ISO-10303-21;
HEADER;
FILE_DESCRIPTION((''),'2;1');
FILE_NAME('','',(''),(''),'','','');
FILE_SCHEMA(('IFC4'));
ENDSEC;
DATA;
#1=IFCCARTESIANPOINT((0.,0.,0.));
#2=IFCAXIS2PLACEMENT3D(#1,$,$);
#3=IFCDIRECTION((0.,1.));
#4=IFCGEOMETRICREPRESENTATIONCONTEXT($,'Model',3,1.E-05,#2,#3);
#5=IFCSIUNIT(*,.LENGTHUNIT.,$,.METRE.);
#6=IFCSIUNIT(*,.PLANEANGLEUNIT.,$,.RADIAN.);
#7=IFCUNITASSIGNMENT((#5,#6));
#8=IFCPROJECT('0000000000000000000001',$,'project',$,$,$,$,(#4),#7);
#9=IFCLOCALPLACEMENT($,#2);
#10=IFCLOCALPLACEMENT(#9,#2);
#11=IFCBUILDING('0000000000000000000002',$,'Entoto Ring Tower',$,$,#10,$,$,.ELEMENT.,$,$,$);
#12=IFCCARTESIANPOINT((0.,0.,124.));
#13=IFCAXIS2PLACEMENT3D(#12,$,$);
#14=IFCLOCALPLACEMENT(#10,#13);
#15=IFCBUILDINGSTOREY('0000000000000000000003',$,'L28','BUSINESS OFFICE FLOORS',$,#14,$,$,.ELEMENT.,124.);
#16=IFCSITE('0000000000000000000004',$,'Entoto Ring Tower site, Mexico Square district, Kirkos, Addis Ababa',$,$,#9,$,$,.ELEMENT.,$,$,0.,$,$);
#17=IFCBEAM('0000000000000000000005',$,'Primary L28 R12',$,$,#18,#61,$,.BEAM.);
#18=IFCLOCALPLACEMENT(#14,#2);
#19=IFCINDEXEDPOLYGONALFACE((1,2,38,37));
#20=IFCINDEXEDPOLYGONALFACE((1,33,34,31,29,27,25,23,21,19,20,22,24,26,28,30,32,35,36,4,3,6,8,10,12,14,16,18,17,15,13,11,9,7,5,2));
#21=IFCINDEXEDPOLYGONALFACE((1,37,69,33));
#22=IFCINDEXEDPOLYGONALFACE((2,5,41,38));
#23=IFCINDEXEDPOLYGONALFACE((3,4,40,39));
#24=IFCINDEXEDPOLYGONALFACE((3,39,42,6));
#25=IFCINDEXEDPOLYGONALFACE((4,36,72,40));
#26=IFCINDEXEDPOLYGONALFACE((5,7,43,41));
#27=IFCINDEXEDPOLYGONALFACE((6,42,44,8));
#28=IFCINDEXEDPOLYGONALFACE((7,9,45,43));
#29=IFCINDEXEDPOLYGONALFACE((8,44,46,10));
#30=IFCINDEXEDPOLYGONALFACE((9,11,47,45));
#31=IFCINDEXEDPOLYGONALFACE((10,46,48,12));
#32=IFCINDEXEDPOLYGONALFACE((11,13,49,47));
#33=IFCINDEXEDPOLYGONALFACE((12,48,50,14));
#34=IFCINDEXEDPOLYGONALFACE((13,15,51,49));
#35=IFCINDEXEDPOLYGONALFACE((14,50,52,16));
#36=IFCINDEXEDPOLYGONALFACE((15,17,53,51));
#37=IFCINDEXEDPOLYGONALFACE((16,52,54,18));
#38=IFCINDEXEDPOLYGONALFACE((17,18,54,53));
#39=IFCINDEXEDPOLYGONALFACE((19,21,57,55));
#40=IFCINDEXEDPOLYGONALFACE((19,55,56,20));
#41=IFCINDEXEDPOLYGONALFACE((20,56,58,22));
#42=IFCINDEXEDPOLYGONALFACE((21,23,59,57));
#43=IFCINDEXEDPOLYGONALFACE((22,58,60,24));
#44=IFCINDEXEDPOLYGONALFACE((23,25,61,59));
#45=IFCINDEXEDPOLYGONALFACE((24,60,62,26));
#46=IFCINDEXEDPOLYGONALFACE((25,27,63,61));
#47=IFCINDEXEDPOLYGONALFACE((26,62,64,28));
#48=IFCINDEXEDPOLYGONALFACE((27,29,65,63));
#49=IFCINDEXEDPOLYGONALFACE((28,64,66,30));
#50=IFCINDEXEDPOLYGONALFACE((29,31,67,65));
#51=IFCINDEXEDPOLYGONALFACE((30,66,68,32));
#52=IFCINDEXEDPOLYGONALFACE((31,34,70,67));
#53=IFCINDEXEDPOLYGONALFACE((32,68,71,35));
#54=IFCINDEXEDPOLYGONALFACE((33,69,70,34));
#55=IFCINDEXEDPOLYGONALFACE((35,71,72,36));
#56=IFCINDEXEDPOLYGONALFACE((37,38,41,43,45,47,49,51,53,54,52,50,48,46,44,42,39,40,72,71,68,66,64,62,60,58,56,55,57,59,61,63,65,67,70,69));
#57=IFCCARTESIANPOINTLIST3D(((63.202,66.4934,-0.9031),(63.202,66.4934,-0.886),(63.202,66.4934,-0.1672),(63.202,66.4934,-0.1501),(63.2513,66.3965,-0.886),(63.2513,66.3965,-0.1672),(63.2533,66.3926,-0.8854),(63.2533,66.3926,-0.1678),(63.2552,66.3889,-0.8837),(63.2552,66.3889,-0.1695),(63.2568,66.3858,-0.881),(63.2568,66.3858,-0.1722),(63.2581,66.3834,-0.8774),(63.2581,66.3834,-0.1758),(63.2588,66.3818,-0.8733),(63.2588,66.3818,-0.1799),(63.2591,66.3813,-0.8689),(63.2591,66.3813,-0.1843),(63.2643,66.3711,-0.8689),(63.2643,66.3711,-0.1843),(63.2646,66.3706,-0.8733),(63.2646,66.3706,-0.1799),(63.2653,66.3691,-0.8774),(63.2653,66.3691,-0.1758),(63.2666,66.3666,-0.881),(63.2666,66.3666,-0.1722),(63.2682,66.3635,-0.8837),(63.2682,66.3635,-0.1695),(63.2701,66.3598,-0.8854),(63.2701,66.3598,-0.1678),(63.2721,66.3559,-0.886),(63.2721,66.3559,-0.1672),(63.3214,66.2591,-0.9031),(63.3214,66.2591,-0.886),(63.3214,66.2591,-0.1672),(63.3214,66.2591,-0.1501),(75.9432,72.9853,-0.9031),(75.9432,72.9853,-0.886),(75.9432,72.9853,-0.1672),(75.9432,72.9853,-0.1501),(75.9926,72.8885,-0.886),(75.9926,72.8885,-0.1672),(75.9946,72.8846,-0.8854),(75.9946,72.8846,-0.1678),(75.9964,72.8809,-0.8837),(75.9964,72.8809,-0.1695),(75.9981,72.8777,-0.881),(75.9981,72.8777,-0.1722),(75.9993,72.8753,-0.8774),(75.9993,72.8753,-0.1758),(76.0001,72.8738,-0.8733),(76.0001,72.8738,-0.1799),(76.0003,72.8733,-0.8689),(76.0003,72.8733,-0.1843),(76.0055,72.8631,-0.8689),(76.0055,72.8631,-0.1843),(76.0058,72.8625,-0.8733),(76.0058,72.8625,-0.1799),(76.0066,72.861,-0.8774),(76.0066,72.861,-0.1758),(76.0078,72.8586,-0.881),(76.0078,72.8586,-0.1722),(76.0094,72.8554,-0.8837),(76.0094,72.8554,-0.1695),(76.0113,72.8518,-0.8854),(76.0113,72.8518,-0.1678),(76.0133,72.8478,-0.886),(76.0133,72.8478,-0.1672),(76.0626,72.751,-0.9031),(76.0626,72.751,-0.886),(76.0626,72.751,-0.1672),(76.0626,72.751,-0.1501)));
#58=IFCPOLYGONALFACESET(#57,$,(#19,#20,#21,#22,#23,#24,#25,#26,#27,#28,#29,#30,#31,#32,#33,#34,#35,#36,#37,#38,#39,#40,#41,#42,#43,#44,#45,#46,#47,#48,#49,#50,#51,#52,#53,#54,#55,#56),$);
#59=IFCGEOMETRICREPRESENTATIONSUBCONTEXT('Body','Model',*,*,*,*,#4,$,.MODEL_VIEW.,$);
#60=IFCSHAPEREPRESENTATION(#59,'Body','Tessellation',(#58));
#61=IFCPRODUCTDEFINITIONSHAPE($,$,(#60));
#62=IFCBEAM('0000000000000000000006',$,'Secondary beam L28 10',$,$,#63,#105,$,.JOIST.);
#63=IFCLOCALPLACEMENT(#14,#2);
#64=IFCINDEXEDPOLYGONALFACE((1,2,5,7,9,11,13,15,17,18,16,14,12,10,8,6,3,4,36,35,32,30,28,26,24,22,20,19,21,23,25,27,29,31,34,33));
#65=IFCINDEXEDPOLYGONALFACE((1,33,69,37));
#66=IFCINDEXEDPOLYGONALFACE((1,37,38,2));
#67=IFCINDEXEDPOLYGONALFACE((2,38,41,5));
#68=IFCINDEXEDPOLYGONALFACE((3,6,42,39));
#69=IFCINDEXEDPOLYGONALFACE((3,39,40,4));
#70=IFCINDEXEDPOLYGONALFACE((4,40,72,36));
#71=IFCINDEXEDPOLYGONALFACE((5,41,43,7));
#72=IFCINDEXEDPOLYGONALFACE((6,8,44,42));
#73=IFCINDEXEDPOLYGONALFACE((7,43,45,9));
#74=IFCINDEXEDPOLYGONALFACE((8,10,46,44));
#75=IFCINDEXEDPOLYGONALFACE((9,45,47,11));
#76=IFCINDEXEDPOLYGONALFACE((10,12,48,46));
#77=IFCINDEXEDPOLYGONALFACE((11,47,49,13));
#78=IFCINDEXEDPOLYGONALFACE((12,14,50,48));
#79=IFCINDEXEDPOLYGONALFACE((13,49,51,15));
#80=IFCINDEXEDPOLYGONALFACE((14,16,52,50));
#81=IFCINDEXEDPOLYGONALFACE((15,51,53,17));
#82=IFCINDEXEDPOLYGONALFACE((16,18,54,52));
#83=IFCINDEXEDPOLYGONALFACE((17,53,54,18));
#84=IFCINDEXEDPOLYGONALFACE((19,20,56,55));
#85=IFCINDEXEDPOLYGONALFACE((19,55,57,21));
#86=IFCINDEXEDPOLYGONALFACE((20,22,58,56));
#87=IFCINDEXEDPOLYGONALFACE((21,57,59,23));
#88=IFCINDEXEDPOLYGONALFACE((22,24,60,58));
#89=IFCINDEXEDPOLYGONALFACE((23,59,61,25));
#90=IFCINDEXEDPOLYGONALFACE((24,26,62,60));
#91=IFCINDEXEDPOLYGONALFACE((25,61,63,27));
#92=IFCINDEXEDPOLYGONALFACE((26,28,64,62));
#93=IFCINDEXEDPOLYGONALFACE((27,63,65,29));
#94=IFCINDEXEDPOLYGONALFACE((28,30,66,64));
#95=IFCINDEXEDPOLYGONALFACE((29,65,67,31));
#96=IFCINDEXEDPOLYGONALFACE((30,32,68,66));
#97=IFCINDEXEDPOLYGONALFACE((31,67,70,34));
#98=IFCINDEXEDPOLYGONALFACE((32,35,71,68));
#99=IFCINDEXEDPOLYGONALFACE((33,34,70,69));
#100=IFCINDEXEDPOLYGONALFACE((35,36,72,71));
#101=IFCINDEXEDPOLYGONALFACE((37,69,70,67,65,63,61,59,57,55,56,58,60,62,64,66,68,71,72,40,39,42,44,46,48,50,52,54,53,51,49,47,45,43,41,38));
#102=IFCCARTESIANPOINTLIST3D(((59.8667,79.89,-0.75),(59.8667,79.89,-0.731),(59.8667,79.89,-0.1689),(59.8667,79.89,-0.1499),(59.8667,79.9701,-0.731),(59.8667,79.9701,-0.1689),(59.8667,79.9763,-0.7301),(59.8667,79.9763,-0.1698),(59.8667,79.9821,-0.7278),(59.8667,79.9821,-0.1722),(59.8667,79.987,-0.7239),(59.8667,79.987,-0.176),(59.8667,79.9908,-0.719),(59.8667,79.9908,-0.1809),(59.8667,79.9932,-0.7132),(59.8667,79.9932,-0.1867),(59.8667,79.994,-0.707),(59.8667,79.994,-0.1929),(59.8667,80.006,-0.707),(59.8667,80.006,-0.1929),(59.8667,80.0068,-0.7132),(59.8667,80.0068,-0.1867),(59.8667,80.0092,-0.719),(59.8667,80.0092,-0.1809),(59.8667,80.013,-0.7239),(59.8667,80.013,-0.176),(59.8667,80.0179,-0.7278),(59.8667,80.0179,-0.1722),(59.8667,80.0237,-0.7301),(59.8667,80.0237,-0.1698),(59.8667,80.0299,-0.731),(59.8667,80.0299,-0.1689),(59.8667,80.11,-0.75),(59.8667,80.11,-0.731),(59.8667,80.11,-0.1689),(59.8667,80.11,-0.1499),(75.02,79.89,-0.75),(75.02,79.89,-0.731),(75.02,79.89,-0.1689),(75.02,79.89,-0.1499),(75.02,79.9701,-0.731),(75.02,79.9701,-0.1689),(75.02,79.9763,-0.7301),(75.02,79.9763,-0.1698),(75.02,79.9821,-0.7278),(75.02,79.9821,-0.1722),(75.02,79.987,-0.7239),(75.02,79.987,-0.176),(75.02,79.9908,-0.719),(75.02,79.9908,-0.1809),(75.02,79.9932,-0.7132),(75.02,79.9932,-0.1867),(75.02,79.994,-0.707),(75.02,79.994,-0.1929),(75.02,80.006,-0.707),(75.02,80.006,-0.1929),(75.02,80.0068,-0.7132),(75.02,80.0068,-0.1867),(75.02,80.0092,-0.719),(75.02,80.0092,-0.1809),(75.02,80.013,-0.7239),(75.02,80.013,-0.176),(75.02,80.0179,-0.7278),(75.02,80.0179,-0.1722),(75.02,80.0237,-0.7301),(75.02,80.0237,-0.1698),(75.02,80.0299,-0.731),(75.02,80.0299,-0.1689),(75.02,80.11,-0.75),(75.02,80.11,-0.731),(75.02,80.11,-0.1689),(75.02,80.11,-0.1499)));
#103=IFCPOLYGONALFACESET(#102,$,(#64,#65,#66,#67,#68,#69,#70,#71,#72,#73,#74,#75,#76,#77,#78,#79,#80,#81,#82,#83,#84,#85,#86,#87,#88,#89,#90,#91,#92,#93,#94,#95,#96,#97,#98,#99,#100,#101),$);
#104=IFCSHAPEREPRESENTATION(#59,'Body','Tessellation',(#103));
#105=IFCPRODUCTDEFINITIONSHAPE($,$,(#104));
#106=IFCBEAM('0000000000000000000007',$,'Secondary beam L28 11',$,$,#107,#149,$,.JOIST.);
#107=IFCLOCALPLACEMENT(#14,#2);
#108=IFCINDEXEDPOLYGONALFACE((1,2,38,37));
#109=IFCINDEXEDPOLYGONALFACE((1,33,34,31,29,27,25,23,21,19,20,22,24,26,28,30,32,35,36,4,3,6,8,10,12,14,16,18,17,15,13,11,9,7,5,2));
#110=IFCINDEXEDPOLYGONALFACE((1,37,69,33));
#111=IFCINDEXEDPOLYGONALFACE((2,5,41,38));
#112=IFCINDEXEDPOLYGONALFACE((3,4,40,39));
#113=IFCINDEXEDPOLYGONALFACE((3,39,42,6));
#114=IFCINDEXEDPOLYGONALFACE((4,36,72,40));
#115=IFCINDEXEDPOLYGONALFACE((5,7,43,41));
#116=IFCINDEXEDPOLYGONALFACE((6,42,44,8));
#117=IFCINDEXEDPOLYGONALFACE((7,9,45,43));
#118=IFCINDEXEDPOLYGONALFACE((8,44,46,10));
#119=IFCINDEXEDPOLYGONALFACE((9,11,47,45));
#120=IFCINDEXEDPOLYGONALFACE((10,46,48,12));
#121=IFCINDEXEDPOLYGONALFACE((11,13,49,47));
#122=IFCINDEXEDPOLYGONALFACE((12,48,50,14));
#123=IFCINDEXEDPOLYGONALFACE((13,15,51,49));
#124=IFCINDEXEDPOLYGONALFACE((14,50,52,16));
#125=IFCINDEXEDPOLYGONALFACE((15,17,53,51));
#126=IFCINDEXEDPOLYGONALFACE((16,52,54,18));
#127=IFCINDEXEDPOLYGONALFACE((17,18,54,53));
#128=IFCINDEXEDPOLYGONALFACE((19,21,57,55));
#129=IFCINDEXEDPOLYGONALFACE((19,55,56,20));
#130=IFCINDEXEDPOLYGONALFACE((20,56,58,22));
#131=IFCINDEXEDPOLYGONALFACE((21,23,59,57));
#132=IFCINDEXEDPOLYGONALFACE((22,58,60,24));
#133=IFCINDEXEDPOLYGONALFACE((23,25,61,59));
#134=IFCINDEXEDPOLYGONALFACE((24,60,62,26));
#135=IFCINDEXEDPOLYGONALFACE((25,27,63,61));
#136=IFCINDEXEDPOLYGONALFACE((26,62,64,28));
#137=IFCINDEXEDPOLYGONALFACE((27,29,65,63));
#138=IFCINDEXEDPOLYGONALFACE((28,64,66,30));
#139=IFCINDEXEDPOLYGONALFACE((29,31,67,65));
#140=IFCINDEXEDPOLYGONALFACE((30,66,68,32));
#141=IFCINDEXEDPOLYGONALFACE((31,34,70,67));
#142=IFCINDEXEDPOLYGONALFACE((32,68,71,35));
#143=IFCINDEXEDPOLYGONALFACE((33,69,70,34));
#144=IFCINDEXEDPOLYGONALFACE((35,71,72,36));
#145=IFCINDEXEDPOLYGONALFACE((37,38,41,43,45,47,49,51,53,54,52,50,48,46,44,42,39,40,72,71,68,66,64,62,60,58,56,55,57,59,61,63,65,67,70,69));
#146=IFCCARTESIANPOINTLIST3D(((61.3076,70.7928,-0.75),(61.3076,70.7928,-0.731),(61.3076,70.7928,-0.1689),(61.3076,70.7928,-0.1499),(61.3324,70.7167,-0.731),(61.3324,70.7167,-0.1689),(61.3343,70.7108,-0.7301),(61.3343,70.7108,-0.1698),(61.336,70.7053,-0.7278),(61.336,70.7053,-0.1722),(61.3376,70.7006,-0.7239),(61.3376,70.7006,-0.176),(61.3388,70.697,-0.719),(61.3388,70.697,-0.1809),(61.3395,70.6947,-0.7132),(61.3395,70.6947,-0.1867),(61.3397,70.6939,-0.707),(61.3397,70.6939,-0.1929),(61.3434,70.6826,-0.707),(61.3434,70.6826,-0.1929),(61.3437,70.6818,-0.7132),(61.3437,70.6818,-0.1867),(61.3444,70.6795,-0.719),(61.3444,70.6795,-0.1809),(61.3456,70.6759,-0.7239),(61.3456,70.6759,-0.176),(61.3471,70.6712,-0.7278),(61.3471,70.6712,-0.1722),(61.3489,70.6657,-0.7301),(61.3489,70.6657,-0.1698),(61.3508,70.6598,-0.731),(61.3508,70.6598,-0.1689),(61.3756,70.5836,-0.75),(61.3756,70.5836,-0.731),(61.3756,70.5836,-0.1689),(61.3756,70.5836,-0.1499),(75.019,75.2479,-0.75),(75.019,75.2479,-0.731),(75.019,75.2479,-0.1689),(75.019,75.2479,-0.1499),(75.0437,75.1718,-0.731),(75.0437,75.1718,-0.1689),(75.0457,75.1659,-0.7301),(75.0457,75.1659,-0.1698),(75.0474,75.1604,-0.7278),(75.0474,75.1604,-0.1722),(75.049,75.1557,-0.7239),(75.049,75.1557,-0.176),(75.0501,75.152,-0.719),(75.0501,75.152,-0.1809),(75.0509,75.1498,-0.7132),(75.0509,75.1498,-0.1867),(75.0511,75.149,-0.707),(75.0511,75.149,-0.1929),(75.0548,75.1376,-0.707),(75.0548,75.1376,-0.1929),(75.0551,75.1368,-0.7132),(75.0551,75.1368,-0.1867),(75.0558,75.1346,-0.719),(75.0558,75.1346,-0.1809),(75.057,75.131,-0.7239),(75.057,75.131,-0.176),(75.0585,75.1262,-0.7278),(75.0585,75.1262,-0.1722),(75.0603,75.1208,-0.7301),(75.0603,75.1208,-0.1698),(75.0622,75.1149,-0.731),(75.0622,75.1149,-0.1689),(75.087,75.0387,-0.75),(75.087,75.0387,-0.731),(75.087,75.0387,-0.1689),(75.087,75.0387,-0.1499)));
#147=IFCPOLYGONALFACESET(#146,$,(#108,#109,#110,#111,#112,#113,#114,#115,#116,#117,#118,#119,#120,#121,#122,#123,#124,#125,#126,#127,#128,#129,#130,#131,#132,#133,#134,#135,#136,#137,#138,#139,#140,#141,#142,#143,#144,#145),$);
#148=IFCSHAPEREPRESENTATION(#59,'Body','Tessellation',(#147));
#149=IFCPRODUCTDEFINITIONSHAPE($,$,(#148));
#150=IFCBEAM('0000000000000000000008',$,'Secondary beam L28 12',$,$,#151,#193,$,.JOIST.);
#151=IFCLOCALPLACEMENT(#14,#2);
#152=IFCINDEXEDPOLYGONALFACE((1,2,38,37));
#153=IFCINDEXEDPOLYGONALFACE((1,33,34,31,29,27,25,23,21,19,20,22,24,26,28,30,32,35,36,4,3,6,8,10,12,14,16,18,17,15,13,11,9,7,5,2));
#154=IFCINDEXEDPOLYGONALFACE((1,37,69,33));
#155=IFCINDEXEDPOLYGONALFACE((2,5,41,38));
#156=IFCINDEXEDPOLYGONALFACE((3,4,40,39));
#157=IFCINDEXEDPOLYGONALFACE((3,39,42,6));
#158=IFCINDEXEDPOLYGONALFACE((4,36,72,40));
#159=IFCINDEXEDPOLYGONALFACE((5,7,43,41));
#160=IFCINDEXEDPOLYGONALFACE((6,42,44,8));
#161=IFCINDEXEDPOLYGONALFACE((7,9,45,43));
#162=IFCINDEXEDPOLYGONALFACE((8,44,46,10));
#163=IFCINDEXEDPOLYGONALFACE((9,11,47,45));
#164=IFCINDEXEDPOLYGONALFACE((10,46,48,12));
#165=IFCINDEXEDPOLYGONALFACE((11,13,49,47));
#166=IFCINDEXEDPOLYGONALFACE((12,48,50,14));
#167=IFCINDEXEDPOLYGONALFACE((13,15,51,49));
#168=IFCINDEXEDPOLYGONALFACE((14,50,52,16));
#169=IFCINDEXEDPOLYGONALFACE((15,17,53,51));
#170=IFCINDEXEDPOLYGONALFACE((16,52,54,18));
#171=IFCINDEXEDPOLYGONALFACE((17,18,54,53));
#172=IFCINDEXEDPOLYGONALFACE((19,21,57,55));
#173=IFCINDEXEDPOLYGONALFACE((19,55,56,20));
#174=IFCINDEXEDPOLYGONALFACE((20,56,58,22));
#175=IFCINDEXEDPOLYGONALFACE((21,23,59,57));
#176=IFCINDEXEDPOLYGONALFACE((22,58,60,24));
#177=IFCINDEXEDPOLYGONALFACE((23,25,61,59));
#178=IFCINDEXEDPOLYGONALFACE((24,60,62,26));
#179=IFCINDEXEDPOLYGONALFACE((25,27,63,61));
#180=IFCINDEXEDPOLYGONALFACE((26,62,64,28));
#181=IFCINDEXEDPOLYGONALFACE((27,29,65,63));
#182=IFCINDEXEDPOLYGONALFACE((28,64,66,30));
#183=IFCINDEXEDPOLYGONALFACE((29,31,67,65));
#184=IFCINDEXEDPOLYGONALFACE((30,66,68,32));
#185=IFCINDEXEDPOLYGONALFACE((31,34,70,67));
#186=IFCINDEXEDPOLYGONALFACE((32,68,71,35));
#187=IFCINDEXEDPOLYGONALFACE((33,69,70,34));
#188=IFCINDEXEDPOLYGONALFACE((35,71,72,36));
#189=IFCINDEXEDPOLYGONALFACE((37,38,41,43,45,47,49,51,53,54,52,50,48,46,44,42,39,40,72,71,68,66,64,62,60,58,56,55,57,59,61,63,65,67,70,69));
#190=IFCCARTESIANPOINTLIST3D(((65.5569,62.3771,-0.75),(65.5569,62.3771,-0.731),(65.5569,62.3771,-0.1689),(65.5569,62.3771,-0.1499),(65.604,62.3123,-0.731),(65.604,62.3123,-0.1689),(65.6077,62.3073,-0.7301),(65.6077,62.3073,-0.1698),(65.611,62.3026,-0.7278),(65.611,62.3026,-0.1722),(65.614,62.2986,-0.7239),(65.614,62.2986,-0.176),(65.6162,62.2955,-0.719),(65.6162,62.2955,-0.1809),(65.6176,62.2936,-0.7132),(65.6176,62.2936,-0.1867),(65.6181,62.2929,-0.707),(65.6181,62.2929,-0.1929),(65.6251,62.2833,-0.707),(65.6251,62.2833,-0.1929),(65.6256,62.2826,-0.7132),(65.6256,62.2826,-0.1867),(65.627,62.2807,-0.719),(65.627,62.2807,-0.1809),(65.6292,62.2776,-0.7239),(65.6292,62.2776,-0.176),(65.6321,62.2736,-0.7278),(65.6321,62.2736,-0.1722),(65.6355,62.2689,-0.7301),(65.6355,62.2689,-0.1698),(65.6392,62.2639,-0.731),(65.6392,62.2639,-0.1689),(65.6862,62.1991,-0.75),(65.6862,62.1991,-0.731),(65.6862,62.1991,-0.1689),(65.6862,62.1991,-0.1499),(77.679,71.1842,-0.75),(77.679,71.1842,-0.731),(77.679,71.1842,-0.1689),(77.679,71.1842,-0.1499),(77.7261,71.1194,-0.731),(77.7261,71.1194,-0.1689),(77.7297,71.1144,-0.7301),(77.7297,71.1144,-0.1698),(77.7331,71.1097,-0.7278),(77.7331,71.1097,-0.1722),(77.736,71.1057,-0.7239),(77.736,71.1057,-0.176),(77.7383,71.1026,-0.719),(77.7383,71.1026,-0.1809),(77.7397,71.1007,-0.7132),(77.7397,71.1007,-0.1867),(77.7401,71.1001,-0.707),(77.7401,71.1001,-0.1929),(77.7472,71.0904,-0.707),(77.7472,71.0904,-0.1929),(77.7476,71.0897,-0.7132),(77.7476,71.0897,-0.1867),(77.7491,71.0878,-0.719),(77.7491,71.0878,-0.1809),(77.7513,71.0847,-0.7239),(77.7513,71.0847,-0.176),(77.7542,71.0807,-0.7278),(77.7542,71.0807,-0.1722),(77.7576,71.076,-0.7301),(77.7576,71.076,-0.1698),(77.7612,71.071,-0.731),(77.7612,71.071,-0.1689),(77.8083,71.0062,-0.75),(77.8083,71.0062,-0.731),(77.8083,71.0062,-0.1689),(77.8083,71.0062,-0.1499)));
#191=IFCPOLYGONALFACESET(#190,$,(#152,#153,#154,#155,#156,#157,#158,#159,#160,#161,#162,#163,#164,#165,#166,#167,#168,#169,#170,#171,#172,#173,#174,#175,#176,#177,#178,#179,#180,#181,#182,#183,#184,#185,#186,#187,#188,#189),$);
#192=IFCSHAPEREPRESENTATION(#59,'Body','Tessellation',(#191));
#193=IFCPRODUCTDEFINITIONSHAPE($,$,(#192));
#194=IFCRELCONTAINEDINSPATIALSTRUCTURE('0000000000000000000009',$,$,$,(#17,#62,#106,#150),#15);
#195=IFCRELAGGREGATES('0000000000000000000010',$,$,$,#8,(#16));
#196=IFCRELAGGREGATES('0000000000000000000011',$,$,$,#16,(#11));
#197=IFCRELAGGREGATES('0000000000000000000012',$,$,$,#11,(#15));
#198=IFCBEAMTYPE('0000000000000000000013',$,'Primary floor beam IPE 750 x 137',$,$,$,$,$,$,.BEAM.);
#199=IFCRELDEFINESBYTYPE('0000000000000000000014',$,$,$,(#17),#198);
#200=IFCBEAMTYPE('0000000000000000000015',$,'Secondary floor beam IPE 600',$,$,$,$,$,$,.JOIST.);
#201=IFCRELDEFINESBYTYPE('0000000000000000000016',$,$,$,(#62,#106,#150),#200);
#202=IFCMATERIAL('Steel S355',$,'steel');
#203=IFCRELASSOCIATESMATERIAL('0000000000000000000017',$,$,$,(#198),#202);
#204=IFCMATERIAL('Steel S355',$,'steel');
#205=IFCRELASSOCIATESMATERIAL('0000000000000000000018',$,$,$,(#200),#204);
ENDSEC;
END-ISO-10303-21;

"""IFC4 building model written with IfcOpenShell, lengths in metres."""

from ifc_helpers import new_model, si_unit, direction, frame, origin, origin_2d, place, context, subcontext, project, spatial, i_section, extrude, material, material_profile, profile_set, type_object, element, save


model = new_model("IFC4")

# Units and contexts
model_context = context("Model", 3, precision=1e-05, world=origin(), true_north=direction((0.0, 1.0)))
body_context = subcontext(model_context, "Body", "Model", "MODEL_VIEW")
ifc_project = project(units=[si_unit("LENGTHUNIT", "METRE"), si_unit("PLANEANGLEUNIT", "RADIAN")], contexts=[model_context])

# Site, building, storey
site_placement = place(None, origin())
site = spatial("IfcSite", under=ifc_project, at=site_placement, Name="Entoto Ring Tower site, Mexico Square district, Kirkos, Addis Ababa", CompositionType="ELEMENT", RefElevation=0.0)
building_placement = place(site_placement, origin())
building = spatial("IfcBuilding", under=site, at=building_placement, Name="Entoto Ring Tower", CompositionType="ELEMENT")
storey_placement = place(building_placement, frame((0.0, 0.0, 124.0)))
storey = spatial("IfcBuildingStorey", under=building, at=storey_placement, Name="L28", Description="BUSINESS OFFICE FLOORS", CompositionType="ELEMENT", Elevation=124.0)

# Beams
ifc_material_1 = material(Name="Steel S355", Category="steel")
ifc_material_profile_1 = material_profile(ifc_material_1, i_section(OverallWidth=0.2629, OverallDepth=0.7529, WebThickness=0.0115, FlangeThickness=0.0171, FilletRadius=0.0171, at=origin_2d()), Name="IPE 750 x 137")
ifc_profile_set_1 = profile_set([ifc_material_profile_1], Name="Steel S355")
beam_type_1 = type_object("IfcBeamType", Name="Primary floor beam IPE 750 x 137", PredefinedType="BEAM", material=ifc_profile_set_1)
beam_1_placement = place(storey_placement, frame((76.0029, 72.8682, -0.5266), z_axis=(-0.891007, -0.453989, 0.0), x_axis=(0.453989, -0.891007, 0.0)))
element("IfcBeam", 1, at=beam_1_placement, inside=storey, type_object=beam_type_1, Name="Primary L28 R12", PredefinedType="BEAM", context=body_context, shape_type="SweptSolid", body=[
    extrude(i_section(OverallWidth=0.2629, OverallDepth=0.7529, WebThickness=0.0115, FlangeThickness=0.0171, FilletRadius=0.0171, at=origin_2d()), origin(), (0.0, 0.0, 1.0), 14.2998),
])
ifc_material_2 = material(Name="Steel S355", Category="steel")
ifc_material_profile_2 = material_profile(ifc_material_2, i_section(OverallWidth=0.22, OverallDepth=0.6001, WebThickness=0.012, FlangeThickness=0.019, FilletRadius=0.0239, at=origin_2d()), Name="IPE 600")
ifc_profile_set_2 = profile_set([ifc_material_profile_2], Name="Steel S355")
beam_type_2 = type_object("IfcBeamType", Name="Secondary floor beam IPE 600", PredefinedType="JOIST", material=ifc_profile_set_2)
beam_2_placement = place(storey_placement, frame((75.02, 80.0, -0.45), z_axis=(-1.0, 0.0, 0.0), x_axis=(0.0, -1.0, 0.0)))
element("IfcBeam", 2, at=beam_2_placement, inside=storey, type_object=beam_type_2, Name="Secondary beam L28 10", PredefinedType="JOIST", context=body_context, shape_type="SweptSolid", body=[
    extrude(i_section(OverallWidth=0.22, OverallDepth=0.6001, WebThickness=0.012, FlangeThickness=0.019, FilletRadius=0.0239, at=origin_2d()), origin(), (0.0, 0.0, 1.0), 15.1533),
])
beam_3_placement = place(storey_placement, frame((75.053, 75.1433, -0.45), z_axis=(-0.951057, -0.309015, 0.0), x_axis=(0.309015, -0.951057, 0.0)))
element("IfcBeam", 3, at=beam_3_placement, inside=storey, type_object=beam_type_2, Name="Secondary beam L28 11", PredefinedType="JOIST", context=body_context, shape_type="SweptSolid", body=[
    extrude(i_section(OverallWidth=0.22, OverallDepth=0.6001, WebThickness=0.012, FlangeThickness=0.019, FilletRadius=0.0239, at=origin_2d()), origin(), (0.0, 0.0, 1.0), 14.417),
])
beam_4_placement = place(storey_placement, frame((77.7437, 71.0952, -0.45), z_axis=(-0.809019, -0.587782, 0.0), x_axis=(0.587782, -0.809019, 0.0)))
element("IfcBeam", 4, at=beam_4_placement, inside=storey, type_object=beam_type_2, Name="Secondary beam L28 12", PredefinedType="JOIST", context=body_context, shape_type="SweptSolid", body=[
    extrude(i_section(OverallWidth=0.22, OverallDepth=0.6001, WebThickness=0.012, FlangeThickness=0.019, FilletRadius=0.0239, at=origin_2d()), origin(), (0.0, 0.0, 1.0), 14.9836),
])

save(model, "model.ifc")
